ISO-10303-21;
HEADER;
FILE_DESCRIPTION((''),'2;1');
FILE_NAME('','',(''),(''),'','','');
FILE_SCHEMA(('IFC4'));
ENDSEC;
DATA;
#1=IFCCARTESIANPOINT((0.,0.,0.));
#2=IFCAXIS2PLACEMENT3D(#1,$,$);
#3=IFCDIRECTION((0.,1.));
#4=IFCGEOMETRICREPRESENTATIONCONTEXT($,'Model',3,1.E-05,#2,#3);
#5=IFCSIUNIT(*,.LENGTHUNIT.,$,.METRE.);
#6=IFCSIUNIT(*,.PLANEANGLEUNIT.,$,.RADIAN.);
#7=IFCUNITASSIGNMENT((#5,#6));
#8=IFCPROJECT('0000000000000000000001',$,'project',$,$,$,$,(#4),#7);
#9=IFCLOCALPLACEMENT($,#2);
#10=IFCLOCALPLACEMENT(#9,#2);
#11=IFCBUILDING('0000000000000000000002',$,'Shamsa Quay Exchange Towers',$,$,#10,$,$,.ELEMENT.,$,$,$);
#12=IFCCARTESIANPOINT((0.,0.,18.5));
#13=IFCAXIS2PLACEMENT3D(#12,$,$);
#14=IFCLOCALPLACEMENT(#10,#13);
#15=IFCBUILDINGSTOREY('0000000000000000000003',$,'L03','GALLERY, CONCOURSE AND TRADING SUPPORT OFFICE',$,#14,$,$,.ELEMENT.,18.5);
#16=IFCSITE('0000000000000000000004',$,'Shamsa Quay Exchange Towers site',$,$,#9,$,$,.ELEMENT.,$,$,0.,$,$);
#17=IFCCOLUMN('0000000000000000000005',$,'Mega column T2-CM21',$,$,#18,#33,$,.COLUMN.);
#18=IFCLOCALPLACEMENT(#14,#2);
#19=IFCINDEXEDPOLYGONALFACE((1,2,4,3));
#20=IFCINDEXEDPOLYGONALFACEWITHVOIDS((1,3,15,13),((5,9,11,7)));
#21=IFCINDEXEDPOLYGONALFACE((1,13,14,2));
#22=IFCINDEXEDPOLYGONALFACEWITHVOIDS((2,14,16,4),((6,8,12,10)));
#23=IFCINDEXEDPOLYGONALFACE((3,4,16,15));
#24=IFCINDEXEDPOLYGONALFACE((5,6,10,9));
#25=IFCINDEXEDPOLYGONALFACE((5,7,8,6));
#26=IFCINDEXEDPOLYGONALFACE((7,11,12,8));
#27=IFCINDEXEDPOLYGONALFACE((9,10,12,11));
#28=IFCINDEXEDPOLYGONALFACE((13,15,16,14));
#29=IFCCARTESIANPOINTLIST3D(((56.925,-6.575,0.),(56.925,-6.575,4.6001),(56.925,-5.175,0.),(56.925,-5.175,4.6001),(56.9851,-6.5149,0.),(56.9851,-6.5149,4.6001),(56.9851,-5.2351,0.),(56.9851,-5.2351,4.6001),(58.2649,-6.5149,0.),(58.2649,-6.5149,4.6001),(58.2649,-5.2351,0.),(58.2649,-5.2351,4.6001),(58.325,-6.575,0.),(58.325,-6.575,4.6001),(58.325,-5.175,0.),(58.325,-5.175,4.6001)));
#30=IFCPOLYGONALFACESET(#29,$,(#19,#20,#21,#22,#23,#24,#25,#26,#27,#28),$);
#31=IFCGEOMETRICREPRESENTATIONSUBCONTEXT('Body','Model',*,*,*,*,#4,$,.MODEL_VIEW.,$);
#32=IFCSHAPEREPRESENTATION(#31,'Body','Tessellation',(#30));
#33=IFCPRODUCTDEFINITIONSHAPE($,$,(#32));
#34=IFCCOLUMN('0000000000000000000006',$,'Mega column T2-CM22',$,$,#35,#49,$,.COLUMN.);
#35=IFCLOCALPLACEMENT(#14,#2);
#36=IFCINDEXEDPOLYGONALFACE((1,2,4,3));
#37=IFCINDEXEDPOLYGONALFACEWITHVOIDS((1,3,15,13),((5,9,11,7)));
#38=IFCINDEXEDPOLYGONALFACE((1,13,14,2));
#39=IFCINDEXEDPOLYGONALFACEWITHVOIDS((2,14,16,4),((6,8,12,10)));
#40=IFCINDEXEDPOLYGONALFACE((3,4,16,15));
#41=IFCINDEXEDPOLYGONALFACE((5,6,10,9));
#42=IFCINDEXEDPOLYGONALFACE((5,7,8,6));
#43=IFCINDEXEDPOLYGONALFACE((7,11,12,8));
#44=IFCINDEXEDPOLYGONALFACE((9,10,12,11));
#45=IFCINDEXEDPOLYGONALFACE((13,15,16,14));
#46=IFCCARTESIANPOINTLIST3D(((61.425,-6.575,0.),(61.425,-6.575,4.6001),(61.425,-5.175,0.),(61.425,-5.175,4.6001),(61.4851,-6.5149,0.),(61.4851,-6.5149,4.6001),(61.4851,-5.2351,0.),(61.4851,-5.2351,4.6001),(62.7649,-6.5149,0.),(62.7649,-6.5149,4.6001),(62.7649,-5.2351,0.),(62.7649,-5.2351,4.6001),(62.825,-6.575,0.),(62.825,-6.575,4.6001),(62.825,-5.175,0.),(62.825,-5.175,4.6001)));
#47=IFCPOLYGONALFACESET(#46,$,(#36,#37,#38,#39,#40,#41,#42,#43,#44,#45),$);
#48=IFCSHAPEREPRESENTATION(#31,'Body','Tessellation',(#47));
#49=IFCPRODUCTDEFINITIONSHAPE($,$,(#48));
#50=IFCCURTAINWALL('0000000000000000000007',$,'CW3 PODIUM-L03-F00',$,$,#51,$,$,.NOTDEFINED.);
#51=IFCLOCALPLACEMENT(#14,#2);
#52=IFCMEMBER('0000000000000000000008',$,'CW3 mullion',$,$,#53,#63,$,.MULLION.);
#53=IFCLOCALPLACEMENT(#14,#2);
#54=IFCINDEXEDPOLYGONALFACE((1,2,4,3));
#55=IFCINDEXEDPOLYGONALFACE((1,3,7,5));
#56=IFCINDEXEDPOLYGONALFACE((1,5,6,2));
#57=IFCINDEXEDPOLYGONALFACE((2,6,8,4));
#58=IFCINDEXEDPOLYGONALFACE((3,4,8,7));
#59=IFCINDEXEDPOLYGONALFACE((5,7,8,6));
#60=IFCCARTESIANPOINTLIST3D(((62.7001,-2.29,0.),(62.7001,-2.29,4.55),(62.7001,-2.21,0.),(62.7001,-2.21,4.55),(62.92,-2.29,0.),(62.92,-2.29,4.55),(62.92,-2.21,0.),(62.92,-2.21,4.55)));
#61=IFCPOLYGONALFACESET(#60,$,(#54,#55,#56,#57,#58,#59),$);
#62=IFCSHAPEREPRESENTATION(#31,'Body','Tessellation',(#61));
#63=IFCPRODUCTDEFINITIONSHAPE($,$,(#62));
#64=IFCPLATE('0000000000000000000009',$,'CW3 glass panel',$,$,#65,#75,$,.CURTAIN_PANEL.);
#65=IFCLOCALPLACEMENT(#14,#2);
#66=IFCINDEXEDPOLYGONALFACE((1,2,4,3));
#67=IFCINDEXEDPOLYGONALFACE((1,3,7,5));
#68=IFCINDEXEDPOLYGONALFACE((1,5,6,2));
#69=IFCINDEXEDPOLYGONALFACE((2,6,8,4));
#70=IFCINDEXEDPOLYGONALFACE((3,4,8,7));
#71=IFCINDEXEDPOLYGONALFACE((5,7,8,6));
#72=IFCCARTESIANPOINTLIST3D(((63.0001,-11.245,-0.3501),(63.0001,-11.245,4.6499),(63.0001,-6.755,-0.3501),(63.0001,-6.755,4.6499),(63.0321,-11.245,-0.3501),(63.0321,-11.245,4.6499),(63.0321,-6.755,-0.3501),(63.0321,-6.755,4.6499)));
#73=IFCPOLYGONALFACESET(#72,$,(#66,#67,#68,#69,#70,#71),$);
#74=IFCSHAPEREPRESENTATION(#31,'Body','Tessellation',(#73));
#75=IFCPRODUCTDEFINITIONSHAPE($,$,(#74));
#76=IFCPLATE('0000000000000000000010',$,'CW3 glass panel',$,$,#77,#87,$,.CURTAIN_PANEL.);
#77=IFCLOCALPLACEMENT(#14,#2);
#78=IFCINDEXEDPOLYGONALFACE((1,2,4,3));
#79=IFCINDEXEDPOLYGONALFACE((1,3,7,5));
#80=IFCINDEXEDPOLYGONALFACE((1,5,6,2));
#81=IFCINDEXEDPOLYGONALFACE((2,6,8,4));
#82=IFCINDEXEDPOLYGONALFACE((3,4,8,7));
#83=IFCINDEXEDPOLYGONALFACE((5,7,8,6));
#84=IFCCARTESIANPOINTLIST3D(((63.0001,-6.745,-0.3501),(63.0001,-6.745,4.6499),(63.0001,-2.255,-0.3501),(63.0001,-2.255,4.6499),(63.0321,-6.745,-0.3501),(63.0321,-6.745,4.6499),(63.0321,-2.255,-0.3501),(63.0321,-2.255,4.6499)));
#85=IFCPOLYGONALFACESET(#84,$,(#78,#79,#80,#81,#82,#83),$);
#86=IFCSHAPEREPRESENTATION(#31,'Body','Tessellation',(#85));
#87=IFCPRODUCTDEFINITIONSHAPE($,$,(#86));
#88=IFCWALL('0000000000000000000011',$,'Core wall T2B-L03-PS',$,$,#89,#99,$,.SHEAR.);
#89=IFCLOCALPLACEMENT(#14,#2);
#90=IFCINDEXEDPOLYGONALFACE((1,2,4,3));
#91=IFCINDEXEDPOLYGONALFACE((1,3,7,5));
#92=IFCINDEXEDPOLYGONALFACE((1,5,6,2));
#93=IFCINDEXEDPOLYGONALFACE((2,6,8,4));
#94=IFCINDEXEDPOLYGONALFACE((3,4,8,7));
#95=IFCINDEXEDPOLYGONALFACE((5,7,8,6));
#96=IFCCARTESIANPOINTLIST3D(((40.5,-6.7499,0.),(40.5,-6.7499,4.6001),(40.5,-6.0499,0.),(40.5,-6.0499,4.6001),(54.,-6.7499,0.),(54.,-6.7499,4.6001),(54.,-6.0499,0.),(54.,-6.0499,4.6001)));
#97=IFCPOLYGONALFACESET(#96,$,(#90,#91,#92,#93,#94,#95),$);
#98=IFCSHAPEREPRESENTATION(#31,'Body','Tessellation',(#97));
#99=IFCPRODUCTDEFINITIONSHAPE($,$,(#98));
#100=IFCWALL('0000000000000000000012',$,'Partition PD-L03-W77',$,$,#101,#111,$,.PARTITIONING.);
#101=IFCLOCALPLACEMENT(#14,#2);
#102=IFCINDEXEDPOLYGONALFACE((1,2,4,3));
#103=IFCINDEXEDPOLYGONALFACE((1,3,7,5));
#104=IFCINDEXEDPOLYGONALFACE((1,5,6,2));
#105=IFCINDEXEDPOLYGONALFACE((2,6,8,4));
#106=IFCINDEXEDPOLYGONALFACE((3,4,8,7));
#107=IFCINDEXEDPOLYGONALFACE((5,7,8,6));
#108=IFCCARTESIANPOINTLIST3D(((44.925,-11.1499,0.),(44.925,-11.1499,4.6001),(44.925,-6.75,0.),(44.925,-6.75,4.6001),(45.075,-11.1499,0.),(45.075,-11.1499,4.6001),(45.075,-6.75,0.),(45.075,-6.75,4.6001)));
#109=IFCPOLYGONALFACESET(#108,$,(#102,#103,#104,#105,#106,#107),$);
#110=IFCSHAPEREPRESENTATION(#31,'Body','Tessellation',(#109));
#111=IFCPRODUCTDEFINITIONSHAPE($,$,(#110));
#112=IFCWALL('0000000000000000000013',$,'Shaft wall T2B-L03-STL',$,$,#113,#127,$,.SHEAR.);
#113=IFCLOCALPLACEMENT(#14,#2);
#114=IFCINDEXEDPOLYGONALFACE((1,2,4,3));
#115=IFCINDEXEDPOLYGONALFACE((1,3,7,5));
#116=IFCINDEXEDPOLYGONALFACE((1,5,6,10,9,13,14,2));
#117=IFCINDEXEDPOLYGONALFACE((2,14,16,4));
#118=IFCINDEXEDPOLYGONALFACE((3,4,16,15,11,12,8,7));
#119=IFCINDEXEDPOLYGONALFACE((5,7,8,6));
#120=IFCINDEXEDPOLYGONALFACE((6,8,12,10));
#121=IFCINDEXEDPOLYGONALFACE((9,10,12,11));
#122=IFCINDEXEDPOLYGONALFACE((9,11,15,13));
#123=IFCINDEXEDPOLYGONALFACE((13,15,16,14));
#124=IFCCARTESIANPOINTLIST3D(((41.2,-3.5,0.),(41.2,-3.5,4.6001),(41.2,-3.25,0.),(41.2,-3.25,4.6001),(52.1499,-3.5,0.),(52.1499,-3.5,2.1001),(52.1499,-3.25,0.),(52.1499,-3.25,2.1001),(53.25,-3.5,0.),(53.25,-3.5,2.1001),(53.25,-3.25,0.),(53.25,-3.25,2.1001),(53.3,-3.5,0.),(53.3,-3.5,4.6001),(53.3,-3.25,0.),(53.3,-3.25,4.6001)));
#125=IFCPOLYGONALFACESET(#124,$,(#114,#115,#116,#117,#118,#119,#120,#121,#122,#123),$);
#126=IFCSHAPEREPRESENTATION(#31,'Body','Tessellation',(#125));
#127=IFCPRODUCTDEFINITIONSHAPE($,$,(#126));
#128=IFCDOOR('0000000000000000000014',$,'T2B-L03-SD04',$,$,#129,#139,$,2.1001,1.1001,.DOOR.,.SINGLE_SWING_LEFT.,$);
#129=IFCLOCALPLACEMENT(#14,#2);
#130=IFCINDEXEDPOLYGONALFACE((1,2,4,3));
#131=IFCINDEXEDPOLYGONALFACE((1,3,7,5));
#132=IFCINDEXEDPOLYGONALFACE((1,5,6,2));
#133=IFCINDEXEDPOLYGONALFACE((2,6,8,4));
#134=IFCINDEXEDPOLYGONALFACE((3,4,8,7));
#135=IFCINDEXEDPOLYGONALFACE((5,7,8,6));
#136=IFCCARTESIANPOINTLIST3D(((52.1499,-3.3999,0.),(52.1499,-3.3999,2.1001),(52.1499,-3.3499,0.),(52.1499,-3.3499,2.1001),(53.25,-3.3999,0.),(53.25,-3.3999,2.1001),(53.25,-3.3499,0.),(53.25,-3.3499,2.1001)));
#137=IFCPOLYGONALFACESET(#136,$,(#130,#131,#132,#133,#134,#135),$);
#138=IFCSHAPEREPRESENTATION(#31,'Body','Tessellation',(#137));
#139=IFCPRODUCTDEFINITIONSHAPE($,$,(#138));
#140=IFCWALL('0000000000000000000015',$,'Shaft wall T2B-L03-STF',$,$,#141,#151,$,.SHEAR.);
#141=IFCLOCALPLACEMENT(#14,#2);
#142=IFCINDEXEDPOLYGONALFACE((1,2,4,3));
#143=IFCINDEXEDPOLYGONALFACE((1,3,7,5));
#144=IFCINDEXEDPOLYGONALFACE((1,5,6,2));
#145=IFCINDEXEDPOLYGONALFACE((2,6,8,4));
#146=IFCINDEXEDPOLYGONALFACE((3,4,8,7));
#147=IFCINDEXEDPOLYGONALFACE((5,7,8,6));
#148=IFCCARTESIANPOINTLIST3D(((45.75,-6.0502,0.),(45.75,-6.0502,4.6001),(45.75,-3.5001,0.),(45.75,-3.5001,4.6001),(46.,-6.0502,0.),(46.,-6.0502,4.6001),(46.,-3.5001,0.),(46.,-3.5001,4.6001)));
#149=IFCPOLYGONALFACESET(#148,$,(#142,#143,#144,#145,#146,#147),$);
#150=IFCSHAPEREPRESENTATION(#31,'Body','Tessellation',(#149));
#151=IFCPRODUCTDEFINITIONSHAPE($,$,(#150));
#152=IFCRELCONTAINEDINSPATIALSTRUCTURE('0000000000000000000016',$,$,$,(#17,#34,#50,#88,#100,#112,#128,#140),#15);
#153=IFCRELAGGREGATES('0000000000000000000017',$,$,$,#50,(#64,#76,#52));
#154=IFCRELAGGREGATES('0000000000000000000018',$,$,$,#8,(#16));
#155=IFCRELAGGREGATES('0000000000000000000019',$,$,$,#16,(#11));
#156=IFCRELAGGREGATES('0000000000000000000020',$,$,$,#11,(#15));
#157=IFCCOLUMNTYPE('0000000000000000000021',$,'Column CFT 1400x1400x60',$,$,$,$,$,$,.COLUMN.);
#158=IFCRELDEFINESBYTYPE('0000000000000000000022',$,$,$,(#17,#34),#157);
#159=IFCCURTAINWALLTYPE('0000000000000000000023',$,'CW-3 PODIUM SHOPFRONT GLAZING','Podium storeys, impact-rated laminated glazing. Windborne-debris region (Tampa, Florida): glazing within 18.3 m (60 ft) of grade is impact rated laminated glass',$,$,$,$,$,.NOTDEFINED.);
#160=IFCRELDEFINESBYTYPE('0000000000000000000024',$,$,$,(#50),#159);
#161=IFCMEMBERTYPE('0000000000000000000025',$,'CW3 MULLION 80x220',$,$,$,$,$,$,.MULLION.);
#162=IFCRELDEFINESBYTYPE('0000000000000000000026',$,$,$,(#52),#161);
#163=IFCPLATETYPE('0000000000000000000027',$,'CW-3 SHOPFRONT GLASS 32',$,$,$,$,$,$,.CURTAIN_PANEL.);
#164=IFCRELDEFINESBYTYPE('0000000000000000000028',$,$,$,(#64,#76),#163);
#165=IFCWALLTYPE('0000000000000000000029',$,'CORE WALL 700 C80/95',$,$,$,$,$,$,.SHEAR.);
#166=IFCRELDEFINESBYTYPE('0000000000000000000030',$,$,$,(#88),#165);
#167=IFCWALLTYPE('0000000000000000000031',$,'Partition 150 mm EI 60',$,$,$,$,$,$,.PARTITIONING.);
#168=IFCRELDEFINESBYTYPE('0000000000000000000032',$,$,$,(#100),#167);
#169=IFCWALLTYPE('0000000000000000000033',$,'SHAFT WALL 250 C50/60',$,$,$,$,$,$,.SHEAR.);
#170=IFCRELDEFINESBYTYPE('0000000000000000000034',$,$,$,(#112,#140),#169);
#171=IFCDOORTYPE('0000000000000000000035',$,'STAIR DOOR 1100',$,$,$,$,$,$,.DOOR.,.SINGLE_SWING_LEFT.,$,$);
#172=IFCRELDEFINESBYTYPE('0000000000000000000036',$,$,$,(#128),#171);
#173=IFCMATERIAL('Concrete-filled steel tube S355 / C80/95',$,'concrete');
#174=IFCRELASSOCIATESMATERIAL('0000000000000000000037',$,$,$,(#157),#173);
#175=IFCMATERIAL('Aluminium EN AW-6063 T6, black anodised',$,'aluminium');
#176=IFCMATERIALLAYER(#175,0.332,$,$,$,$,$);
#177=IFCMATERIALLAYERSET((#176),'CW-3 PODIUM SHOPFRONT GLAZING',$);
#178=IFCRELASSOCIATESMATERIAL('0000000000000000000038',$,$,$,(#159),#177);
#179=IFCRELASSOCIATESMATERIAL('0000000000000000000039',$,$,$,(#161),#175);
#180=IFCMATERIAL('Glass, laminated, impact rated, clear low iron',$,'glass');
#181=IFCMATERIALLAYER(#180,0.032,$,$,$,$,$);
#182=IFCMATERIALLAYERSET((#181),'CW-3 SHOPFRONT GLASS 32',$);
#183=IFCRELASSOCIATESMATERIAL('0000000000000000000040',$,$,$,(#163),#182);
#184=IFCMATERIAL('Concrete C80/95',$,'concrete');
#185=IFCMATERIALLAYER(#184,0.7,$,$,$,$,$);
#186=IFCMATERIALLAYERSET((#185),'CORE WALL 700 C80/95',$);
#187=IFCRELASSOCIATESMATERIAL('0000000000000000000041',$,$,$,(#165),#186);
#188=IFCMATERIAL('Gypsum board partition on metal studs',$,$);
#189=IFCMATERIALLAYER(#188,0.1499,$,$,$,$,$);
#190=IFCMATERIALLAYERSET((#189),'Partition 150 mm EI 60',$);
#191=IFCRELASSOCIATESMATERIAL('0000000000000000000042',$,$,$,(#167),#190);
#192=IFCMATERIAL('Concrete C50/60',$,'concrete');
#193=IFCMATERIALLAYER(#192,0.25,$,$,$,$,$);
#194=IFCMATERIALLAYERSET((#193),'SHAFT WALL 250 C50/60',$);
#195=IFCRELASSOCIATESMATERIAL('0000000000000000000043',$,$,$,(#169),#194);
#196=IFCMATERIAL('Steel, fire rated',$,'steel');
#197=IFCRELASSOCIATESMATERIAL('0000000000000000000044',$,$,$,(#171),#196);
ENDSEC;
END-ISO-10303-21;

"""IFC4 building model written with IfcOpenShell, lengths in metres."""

from ifc_helpers import new_model, si_unit, direction, frame, frame_2d, origin, origin_2d, place, context, subcontext, project, spatial, rectangle, hollow_rectangle, extrude, material, layer, layer_set, material_profile, profile_set, type_object, element, fill, aggregate, save


model = new_model("IFC4")

# Units and contexts
model_context = context("Model", 3, precision=1e-05, world=origin(), true_north=direction((0.0, 1.0)))
body_context = subcontext(model_context, "Body", "Model", "MODEL_VIEW")
ifc_project = project(units=[si_unit("LENGTHUNIT", "METRE"), si_unit("PLANEANGLEUNIT", "RADIAN")], contexts=[model_context])

# Site, building, storey
site_placement = place(None, origin())
site = spatial("IfcSite", under=ifc_project, at=site_placement, Name="Shamsa Quay Exchange Towers site", CompositionType="ELEMENT", RefElevation=0.0)
building_placement = place(site_placement, origin())
building = spatial("IfcBuilding", under=site, at=building_placement, Name="Shamsa Quay Exchange Towers", CompositionType="ELEMENT")
storey_placement = place(building_placement, frame((0.0, 0.0, 18.5)))
storey = spatial("IfcBuildingStorey", under=building, at=storey_placement, Name="L03", Description="GALLERY, CONCOURSE AND TRADING SUPPORT OFFICE", CompositionType="ELEMENT", Elevation=18.5)

# Columns
ifc_material_1 = material(Name="Concrete-filled steel tube S355 / C80/95", Category="concrete")
ifc_material_profile_1 = material_profile(ifc_material_1, hollow_rectangle(XDim=1.3999, YDim=1.3999, WallThickness=0.0601, at=origin_2d()), Name="CFT 1400x1400x60")
ifc_profile_set_1 = profile_set([ifc_material_profile_1], Name="Concrete-filled steel tube S355 / C80/95")
column_type = type_object("IfcColumnType", Name="Column CFT 1400x1400x60", PredefinedType="COLUMN", material=ifc_profile_set_1)
for number, where, name in (
    (1, (57.625, -5.875, 0.0), "Mega column T2-CM21"),
    (2, (62.125, -5.875, 0.0), "Mega column T2-CM22"),
):
    element("IfcColumn", number, at=place(storey_placement, frame(where)), inside=storey, type_object=column_type, Name=name, PredefinedType="COLUMN", context=body_context, shape_type="SweptSolid", body=[
        extrude(hollow_rectangle(XDim=1.3999, YDim=1.3999, WallThickness=0.0601, at=origin_2d()), origin(), (0.0, 0.0, 1.0), 4.6001),
    ])

# Curtain wall, member, plates
ifc_material_2 = material(Name="Aluminium EN AW-6063 T6, black anodised", Category="aluminium")
ifc_layer_1 = layer(ifc_material_2, 0.332)
ifc_layer_set_1 = layer_set([ifc_layer_1], Name="CW-3 PODIUM SHOPFRONT GLAZING")
curtain_wall_type = type_object("IfcCurtainWallType", Name="CW-3 PODIUM SHOPFRONT GLAZING", Description="Podium storeys, impact-rated laminated glazing. Windborne-debris region (Tampa, Florida): glazing within 18.3 m (60 ft) of grade is impact rated laminated glass", PredefinedType="NOTDEFINED", material=ifc_layer_set_1)
curtain_wall_placement = place(storey_placement, origin())
curtain_wall = element("IfcCurtainWall", 3, at=curtain_wall_placement, inside=storey, type_object=curtain_wall_type, Name="CW3 PODIUM-L03-F00", PredefinedType="NOTDEFINED")
ifc_material_profile_2 = material_profile(ifc_material_2, rectangle(XDim=0.22, YDim=0.0801, at=origin_2d()), Name="MU80x220")
ifc_profile_set_2 = profile_set([ifc_material_profile_2], Name="Aluminium EN AW-6063 T6, black anodised")
member_type = type_object("IfcMemberType", Name="CW3 MULLION 80x220", PredefinedType="MULLION", material=ifc_profile_set_2)
member_placement = place(storey_placement, frame((62.8101, -2.25, 0.0), z_axis=(0.0, 0.0, 1.0), x_axis=(-1.0, 0.0, 0.0)))
member = element("IfcMember", 4, at=member_placement, type_object=member_type, Name="CW3 mullion", PredefinedType="MULLION", context=body_context, shape_type="SweptSolid", body=[
    extrude(rectangle(XDim=0.22, YDim=0.0801, at=origin_2d()), origin(), (0.0, 0.0, 1.0), 4.55),
])
ifc_material_3 = material(Name="Glass, laminated, impact rated, clear low iron", Category="glass")
ifc_layer_2 = layer(ifc_material_3, 0.032)
ifc_layer_set_2 = layer_set([ifc_layer_2], Name="CW-3 SHOPFRONT GLASS 32")
plate_type = type_object("IfcPlateType", Name="CW-3 SHOPFRONT GLASS 32", PredefinedType="CURTAIN_PANEL", material=ifc_layer_set_2)
plate_1_placement = place(storey_placement, frame((63.0161, -9.0, -0.3501), z_axis=(0.0, 0.0, 1.0), x_axis=(0.0, 1.0, 0.0)))
plate_1 = element("IfcPlate", 5, at=plate_1_placement, type_object=plate_type, Name="CW3 glass panel", PredefinedType="CURTAIN_PANEL", context=body_context, shape_type="SweptSolid", body=[
    extrude(rectangle(XDim=4.49, YDim=0.032, at=origin_2d()), origin(), (0.0, 0.0, 1.0), 5.0),
])
plate_2_placement = place(storey_placement, frame((63.0161, -4.5, -0.3501), z_axis=(0.0, 0.0, 1.0), x_axis=(0.0, 1.0, 0.0)))
plate_2 = element("IfcPlate", 6, at=plate_2_placement, type_object=plate_type, Name="CW3 glass panel", PredefinedType="CURTAIN_PANEL", context=body_context, shape_type="SweptSolid", body=[
    extrude(rectangle(XDim=4.49, YDim=0.032, at=origin_2d()), origin(), (0.0, 0.0, 1.0), 5.0),
])
aggregate(curtain_wall, [plate_1, plate_2, member])

# Wall
ifc_material_4 = material(Name="Concrete C80/95", Category="concrete")
ifc_layer_3 = layer(ifc_material_4, 0.7)
ifc_layer_set_3 = layer_set([ifc_layer_3], Name="CORE WALL 700 C80/95")
wall_type_1 = type_object("IfcWallType", Name="CORE WALL 700 C80/95", PredefinedType="SHEAR", material=ifc_layer_set_3)
wall_1_placement = place(storey_placement, frame((54.0, -6.3999, 0.0), z_axis=(0.0, 0.0, 1.0), x_axis=(-1.0, 0.0, 0.0)))
element("IfcWall", 7, at=wall_1_placement, inside=storey, type_object=wall_type_1, Name="Core wall T2B-L03-PS", PredefinedType="SHEAR", context=body_context, shape_type="SweptSolid", body=[
    extrude(rectangle(XDim=13.5, YDim=0.7, at=frame_2d((6.75, 0.0))), origin(), (0.0, 0.0, 1.0), 4.6001),
])

# Shared definitions
ifc_material_5 = material(Name="Steel, fire rated", Category="steel")

# Shared definitions
ifc_material_6 = material(Name="Gypsum board partition on metal studs")
ifc_layer_4 = layer(ifc_material_6, 0.1499)
ifc_layer_set_4 = layer_set([ifc_layer_4], Name="Partition 150 mm EI 60")
wall_type_2 = type_object("IfcWallType", Name="Partition 150 mm EI 60", PredefinedType="PARTITIONING", material=ifc_layer_set_4)

# Wall
wall_2_placement = place(storey_placement, frame((45.0, -6.75, 0.0), z_axis=(0.0, 0.0, 1.0), x_axis=(0.0, -1.0, 0.0)))
element("IfcWall", 8, at=wall_2_placement, inside=storey, type_object=wall_type_2, Name="Partition PD-L03-W77", PredefinedType="PARTITIONING", context=body_context, shape_type="SweptSolid", body=[
    extrude(rectangle(XDim=4.3999, YDim=0.1499, at=frame_2d((2.2, 0.0))), origin(), (0.0, 0.0, 1.0), 4.6001),
])

# Wall, opening, door
ifc_material_7 = material(Name="Concrete C50/60", Category="concrete")
ifc_layer_5 = layer(ifc_material_7, 0.25)
ifc_layer_set_5 = layer_set([ifc_layer_5], Name="SHAFT WALL 250 C50/60")
wall_type_3 = type_object("IfcWallType", Name="SHAFT WALL 250 C50/60", PredefinedType="SHEAR", material=ifc_layer_set_5)
wall_3_placement = place(storey_placement, frame((53.3, -3.375, 0.0), z_axis=(0.0, 0.0, 1.0), x_axis=(-1.0, 0.0, 0.0)))
wall_3 = element("IfcWall", 9, at=wall_3_placement, inside=storey, type_object=wall_type_3, Name="Shaft wall T2B-L03-STL", PredefinedType="SHEAR", context=body_context, shape_type="SweptSolid", body=[
    extrude(rectangle(XDim=12.1001, YDim=0.25, at=frame_2d((6.05, 0.0))), origin(), (0.0, 0.0, 1.0), 4.6001),
])
opening_1_placement = place(wall_3_placement, frame((0.05, 0.0, 0.0)))
opening_1 = element("IfcOpeningElement", 10, at=opening_1_placement, cuts=wall_3, PredefinedType="OPENING", context=body_context, shape_type="SweptSolid", body=[
    extrude(rectangle(XDim=1.1001, YDim=2.1001, at=frame_2d((0.55, 1.05))), frame((0.0, 0.135, 0.0), z_axis=(0.0, -1.0, 0.0), x_axis=(1.0, 0.0, 0.0)), (0.0, 0.0, 1.0), 0.27),
])
door_type_1 = type_object("IfcDoorType", Name="STAIR DOOR 1100", OperationType="SINGLE_SWING_LEFT", PredefinedType="DOOR", material=ifc_material_5)
door_1_placement = place(opening_1_placement, origin())
door_1 = element("IfcDoor", 11, at=door_1_placement, inside=storey, type_object=door_type_1, Name="T2B-L03-SD04", OperationType="SINGLE_SWING_LEFT", OverallHeight=2.1001, OverallWidth=1.1001, PredefinedType="DOOR", context=body_context, shape_type="SweptSolid", body=[
    extrude(rectangle(XDim=1.1001, YDim=2.1001, at=frame_2d((0.55, 1.05))), frame((0.0, 0.0249, 0.0), z_axis=(0.0, -1.0, 0.0), x_axis=(1.0, 0.0, 0.0)), (0.0, 0.0, 1.0), 0.05),
])
fill(opening_1, door_1)

# Wall
wall_4_placement = place(storey_placement, frame((45.875, -6.05, 0.0), z_axis=(0.0, 0.0, 1.0), x_axis=(0.0, 1.0, 0.0)))
element("IfcWall", 12, at=wall_4_placement, inside=storey, type_object=wall_type_3, Name="Shaft wall T2B-L03-STF", PredefinedType="SHEAR", context=body_context, shape_type="SweptSolid", body=[
    extrude(rectangle(XDim=2.55, YDim=0.25, at=frame_2d((1.2749, 0.0))), origin(), (0.0, 0.0, 1.0), 4.6001),
])

save(model, "model.ifc")
